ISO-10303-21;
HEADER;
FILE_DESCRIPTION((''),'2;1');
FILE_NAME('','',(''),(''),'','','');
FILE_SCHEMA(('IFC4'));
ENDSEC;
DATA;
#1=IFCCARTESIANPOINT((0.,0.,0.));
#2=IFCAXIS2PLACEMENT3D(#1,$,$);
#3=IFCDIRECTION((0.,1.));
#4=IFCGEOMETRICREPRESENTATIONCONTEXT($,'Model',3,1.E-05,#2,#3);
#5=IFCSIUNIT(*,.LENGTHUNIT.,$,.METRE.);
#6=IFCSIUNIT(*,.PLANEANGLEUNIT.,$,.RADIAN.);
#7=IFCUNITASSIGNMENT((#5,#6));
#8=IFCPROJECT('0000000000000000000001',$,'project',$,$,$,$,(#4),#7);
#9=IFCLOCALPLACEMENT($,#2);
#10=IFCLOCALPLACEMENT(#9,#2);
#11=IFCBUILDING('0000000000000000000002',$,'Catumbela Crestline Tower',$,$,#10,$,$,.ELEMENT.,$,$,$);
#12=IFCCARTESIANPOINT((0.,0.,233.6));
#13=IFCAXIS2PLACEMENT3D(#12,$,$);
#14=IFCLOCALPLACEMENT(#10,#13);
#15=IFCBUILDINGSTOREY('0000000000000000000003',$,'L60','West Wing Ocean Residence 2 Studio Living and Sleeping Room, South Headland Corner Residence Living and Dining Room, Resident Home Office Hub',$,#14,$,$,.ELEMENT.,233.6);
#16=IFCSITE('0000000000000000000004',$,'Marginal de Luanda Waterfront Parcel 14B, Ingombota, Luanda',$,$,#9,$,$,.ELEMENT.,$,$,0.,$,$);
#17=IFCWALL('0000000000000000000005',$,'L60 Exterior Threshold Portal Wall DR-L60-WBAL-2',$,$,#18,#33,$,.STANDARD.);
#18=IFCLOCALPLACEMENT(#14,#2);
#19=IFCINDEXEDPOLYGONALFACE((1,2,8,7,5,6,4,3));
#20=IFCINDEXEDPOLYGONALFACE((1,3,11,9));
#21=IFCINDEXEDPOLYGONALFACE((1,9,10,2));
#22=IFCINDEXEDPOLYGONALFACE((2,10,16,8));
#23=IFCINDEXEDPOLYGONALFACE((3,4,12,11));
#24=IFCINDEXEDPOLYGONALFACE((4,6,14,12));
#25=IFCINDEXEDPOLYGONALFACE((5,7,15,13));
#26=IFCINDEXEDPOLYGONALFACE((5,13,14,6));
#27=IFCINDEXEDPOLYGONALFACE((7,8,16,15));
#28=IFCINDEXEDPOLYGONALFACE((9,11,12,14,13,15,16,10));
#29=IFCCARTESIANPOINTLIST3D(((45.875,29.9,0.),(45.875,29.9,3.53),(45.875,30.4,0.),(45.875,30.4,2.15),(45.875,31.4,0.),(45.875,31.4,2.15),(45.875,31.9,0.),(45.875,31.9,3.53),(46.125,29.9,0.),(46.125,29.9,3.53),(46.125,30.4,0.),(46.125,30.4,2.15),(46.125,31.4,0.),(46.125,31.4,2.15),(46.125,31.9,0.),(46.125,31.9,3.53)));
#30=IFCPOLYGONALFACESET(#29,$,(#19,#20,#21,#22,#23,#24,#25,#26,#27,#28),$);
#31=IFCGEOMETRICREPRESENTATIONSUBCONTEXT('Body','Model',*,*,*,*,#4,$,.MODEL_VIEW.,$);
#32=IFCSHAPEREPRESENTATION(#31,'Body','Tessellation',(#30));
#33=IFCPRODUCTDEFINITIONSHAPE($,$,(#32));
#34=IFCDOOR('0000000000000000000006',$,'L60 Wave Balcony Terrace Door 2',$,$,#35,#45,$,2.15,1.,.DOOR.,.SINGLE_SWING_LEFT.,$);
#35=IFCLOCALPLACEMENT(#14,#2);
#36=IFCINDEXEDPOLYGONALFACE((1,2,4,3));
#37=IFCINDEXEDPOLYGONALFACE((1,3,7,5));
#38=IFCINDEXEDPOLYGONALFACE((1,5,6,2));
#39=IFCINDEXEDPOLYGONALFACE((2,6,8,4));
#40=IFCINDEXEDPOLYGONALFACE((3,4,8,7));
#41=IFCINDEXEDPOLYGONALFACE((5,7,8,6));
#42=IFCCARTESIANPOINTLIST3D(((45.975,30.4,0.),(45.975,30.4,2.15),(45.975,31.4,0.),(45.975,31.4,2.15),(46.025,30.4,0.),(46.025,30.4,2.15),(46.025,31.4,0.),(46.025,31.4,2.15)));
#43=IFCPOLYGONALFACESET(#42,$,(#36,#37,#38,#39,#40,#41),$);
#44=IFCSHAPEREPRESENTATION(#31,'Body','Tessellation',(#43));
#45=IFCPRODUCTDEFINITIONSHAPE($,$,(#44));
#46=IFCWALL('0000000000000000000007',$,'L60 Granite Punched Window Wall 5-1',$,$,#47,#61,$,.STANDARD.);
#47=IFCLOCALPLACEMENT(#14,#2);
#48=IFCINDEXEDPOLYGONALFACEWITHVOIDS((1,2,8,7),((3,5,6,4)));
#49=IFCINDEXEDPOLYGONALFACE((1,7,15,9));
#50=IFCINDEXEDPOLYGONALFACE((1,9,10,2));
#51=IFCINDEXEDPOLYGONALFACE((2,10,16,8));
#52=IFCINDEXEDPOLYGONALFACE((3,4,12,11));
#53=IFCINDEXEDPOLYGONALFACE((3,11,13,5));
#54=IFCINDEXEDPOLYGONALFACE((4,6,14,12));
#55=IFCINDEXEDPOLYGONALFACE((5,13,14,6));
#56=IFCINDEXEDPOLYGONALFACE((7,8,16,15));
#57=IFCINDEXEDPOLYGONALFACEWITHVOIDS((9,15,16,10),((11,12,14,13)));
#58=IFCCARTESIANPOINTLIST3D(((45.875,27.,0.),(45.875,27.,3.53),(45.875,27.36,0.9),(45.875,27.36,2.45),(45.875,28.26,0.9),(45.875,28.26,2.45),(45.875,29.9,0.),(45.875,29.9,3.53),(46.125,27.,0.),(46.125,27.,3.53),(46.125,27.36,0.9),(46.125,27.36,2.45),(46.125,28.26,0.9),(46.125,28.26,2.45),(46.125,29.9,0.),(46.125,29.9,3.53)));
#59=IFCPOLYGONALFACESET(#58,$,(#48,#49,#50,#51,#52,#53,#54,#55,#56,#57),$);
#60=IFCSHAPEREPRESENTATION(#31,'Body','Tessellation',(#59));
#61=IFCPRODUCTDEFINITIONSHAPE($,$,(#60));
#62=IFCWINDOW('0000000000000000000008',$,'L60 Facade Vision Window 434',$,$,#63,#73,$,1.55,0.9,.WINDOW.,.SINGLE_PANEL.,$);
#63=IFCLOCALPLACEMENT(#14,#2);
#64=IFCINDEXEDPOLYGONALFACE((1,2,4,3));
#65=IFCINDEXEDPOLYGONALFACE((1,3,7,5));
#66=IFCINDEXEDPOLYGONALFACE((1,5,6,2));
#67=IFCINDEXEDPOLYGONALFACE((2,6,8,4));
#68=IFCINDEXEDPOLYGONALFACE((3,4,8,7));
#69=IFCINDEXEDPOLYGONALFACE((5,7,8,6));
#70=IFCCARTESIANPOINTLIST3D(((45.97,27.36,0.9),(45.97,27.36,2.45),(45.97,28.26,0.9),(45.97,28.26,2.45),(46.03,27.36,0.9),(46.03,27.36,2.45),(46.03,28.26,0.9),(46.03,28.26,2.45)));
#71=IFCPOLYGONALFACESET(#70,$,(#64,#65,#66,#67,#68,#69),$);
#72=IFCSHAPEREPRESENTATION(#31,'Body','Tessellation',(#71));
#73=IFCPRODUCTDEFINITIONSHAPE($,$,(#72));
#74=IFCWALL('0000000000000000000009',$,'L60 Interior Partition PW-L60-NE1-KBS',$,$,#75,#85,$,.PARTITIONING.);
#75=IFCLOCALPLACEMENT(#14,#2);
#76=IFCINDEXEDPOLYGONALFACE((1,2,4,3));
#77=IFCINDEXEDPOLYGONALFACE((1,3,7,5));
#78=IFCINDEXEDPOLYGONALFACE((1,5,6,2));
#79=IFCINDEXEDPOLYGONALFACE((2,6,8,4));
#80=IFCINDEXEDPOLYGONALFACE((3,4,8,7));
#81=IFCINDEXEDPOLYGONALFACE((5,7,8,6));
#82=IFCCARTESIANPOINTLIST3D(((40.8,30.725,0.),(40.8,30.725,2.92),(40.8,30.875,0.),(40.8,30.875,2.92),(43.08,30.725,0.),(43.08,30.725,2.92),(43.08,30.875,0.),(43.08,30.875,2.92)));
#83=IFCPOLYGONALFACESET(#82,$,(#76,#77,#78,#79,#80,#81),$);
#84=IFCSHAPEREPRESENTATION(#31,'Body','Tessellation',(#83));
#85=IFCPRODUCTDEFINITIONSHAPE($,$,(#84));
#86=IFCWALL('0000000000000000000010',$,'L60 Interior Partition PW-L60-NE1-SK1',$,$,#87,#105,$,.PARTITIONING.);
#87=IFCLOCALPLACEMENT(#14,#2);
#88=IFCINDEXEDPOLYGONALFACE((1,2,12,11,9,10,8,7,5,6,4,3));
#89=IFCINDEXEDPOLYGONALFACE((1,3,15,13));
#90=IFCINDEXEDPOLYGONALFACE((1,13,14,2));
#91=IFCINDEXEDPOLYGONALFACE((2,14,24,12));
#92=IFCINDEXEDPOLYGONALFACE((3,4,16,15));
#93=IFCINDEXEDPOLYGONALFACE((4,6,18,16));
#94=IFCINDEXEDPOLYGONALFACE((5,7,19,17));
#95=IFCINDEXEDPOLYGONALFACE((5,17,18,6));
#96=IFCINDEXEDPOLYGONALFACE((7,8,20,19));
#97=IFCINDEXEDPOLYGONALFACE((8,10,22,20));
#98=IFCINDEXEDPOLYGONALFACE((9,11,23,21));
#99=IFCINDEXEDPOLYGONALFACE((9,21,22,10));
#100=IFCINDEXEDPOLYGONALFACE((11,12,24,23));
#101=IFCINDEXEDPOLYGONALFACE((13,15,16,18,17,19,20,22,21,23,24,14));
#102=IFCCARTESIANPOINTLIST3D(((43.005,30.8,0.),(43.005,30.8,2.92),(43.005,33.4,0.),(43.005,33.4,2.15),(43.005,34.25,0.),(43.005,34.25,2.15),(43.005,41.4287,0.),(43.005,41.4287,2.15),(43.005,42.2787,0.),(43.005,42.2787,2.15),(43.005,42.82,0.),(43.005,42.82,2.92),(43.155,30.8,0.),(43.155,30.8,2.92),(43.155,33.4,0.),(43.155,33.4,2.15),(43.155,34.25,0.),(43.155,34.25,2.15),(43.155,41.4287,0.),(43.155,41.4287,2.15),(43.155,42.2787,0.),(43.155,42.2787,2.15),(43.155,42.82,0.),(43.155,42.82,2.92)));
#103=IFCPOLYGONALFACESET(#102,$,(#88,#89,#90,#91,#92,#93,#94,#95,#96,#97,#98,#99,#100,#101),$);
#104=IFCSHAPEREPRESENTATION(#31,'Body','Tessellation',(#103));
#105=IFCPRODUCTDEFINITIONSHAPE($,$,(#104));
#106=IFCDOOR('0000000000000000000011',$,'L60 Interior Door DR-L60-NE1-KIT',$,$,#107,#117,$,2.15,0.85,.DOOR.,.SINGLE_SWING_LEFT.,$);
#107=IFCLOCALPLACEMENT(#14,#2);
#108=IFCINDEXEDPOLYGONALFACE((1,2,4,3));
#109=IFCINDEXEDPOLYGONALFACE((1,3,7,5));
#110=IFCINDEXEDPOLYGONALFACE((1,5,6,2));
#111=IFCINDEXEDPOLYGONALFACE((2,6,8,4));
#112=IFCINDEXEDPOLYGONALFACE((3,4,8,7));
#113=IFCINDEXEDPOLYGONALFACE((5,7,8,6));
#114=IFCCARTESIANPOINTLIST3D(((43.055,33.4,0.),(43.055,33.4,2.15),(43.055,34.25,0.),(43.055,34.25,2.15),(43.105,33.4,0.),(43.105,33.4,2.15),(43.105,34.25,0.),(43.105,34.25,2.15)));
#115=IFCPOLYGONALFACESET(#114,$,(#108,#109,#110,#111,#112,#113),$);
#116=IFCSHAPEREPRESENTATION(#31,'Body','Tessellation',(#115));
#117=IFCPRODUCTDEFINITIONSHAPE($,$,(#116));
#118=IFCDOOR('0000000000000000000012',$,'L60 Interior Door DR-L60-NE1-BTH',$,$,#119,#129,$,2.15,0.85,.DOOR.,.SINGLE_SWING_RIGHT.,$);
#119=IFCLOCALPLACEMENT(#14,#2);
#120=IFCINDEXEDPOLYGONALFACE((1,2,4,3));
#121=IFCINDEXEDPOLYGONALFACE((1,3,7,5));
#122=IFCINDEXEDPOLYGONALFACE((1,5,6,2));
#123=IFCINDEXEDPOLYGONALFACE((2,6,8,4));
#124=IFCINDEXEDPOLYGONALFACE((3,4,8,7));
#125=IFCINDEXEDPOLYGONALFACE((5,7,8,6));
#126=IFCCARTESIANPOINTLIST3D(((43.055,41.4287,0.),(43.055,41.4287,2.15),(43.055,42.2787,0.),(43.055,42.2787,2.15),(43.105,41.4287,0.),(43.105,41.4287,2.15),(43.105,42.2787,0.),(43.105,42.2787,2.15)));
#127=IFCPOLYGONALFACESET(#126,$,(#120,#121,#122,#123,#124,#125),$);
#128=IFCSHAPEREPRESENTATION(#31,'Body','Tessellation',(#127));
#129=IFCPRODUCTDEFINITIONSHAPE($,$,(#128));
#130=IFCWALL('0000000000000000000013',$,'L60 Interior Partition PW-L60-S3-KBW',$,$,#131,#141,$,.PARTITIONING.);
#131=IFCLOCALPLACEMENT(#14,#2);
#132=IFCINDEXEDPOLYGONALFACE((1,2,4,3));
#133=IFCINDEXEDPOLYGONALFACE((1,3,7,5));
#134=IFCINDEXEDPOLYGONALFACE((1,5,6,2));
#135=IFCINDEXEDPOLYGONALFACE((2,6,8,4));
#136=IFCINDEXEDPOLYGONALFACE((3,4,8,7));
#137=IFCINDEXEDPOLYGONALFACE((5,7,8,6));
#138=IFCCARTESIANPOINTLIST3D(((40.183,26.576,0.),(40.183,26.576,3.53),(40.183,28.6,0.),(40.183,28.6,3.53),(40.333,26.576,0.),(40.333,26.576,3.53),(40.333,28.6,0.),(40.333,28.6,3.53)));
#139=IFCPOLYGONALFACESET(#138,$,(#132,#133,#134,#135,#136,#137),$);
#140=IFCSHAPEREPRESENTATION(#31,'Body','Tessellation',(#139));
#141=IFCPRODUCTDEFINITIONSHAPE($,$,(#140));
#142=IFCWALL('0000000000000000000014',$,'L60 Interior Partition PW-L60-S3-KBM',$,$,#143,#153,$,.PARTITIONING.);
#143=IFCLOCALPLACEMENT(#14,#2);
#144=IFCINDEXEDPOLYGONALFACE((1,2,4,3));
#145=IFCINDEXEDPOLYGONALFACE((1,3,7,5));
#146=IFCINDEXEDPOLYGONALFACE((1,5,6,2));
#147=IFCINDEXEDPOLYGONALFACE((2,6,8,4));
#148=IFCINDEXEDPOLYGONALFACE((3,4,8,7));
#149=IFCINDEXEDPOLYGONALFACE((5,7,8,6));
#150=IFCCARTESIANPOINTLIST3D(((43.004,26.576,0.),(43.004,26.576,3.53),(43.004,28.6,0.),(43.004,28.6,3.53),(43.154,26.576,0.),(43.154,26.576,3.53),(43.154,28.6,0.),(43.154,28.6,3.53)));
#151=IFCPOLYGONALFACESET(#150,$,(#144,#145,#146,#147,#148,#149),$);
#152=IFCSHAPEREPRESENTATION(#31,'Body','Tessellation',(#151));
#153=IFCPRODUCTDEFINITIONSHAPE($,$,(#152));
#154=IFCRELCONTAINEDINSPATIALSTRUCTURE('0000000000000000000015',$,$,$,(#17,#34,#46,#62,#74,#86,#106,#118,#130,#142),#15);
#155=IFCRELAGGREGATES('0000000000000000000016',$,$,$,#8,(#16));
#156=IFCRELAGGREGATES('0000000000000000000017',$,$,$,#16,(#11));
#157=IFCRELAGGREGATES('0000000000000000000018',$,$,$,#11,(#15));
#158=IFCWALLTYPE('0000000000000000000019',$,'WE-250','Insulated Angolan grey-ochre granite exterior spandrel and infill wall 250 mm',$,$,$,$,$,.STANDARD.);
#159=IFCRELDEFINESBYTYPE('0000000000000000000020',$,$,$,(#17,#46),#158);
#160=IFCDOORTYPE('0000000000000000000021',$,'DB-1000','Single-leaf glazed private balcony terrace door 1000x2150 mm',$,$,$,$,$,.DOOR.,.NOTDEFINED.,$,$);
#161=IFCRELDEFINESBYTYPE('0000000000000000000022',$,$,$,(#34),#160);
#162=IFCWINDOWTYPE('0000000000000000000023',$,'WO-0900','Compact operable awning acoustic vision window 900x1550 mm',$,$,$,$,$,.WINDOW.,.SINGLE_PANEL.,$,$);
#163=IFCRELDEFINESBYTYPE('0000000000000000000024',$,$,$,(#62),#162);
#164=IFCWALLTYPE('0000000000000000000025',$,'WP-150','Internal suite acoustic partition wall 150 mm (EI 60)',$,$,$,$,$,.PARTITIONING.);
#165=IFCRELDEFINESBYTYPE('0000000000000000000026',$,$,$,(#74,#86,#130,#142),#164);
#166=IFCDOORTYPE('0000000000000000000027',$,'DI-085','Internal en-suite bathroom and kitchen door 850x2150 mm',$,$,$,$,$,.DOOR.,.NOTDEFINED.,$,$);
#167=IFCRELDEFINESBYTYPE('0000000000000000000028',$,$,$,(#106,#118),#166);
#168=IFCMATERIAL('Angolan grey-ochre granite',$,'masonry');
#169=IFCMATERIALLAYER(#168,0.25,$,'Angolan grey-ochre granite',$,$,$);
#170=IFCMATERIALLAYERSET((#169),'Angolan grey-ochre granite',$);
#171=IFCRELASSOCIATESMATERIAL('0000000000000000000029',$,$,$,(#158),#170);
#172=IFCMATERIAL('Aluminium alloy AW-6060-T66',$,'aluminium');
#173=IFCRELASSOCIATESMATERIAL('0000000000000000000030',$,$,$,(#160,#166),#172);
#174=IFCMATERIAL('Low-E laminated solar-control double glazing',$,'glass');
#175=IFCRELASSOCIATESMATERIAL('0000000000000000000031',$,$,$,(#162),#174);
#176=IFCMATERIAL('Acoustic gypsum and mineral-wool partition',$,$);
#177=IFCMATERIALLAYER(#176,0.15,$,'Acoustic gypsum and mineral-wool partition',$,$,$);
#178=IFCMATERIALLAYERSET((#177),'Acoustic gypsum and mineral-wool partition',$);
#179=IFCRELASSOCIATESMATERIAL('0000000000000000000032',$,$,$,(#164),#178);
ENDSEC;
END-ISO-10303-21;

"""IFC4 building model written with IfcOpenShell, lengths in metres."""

from ifc_helpers import new_model, si_unit, direction, frame, frame_2d, origin, place, context, subcontext, project, spatial, rectangle, extrude, material, layer, layer_set, type_object, element, fill, save


model = new_model("IFC4")

# Units and contexts
model_context = context("Model", 3, precision=1e-05, world=origin(), true_north=direction((0.0, 1.0)))
body_context = subcontext(model_context, "Body", "Model", "MODEL_VIEW")
ifc_project = project(units=[si_unit("LENGTHUNIT", "METRE"), si_unit("PLANEANGLEUNIT", "RADIAN")], contexts=[model_context])

# Site, building, storey
site_placement = place(None, origin())
site = spatial("IfcSite", under=ifc_project, at=site_placement, Name="Marginal de Luanda Waterfront Parcel 14B, Ingombota, Luanda", CompositionType="ELEMENT", RefElevation=0.0)
building_placement = place(site_placement, origin())
building = spatial("IfcBuilding", under=site, at=building_placement, Name="Catumbela Crestline Tower", CompositionType="ELEMENT")
storey_placement = place(building_placement, frame((0.0, 0.0, 233.6)))
storey = spatial("IfcBuildingStorey", under=building, at=storey_placement, Name="L60", Description="West Wing Ocean Residence 2 Studio Living and Sleeping Room, South Headland Corner Residence Living and Dining Room, Resident Home Office Hub", CompositionType="ELEMENT", Elevation=233.6)

# Shared definitions
ifc_material_1 = material(Name="Aluminium alloy AW-6060-T66", Category="aluminium")

# Wall, opening, door
ifc_material_2 = material(Name="Acoustic gypsum and mineral-wool partition")
ifc_material_3 = material(Name="Angolan grey-ochre granite", Category="masonry")
ifc_layer_1 = layer(ifc_material_3, 0.25, Name="Angolan grey-ochre granite")
ifc_layer_set_1 = layer_set([ifc_layer_1], Name="Angolan grey-ochre granite")
wall_type_1 = type_object("IfcWallType", Name="WE-250", Description="Insulated Angolan grey-ochre granite exterior spandrel and infill wall 250 mm", PredefinedType="STANDARD", material=ifc_layer_set_1)
wall_1_placement = place(storey_placement, frame((46.0, 29.9, 0.0), z_axis=(0.0, 0.0, 1.0), x_axis=(0.0, 1.0, 0.0)))
wall_1 = element("IfcWall", 1, at=wall_1_placement, inside=storey, type_object=wall_type_1, Name="L60 Exterior Threshold Portal Wall DR-L60-WBAL-2", PredefinedType="STANDARD", context=body_context, shape_type="SweptSolid", body=[
    extrude(rectangle(XDim=2.0, YDim=0.25, at=frame_2d((1.0, 0.0))), origin(), (0.0, 0.0, 1.0), 3.53),
])
opening_1_placement = place(wall_1_placement, frame((0.5, 0.0, 0.0)))
opening_1 = element("IfcOpeningElement", 2, at=opening_1_placement, cuts=wall_1, PredefinedType="OPENING", context=body_context, shape_type="SweptSolid", body=[
    extrude(rectangle(XDim=1.0, YDim=2.15, at=frame_2d((0.5, 1.075))), frame((0.0, 0.135, 0.0), z_axis=(0.0, -1.0, 0.0), x_axis=(1.0, 0.0, 0.0)), (0.0, 0.0, 1.0), 0.27),
])
door_type_1 = type_object("IfcDoorType", Name="DB-1000", Description="Single-leaf glazed private balcony terrace door 1000x2150 mm", OperationType="NOTDEFINED", PredefinedType="DOOR", material=ifc_material_1)
door_1_placement = place(opening_1_placement, origin())
door_1 = element("IfcDoor", 3, at=door_1_placement, inside=storey, type_object=door_type_1, Name="L60 Wave Balcony Terrace Door 2", OperationType="SINGLE_SWING_LEFT", OverallHeight=2.15, OverallWidth=1.0, PredefinedType="DOOR", context=body_context, shape_type="SweptSolid", body=[
    extrude(rectangle(XDim=1.0, YDim=2.15, at=frame_2d((0.5, 1.075))), frame((0.0, 0.025, 0.0), z_axis=(0.0, -1.0, 0.0), x_axis=(1.0, 0.0, 0.0)), (0.0, 0.0, 1.0), 0.05),
])
fill(opening_1, door_1)

# Wall, opening, window
wall_2_placement = place(storey_placement, frame((46.0, 27.0, 0.0), z_axis=(0.0, 0.0, 1.0), x_axis=(0.0, 1.0, 0.0)))
wall_2 = element("IfcWall", 4, at=wall_2_placement, inside=storey, type_object=wall_type_1, Name="L60 Granite Punched Window Wall 5-1", PredefinedType="STANDARD", context=body_context, shape_type="SweptSolid", body=[
    extrude(rectangle(XDim=2.9, YDim=0.25, at=frame_2d((1.45, 0.0))), origin(), (0.0, 0.0, 1.0), 3.53),
])
opening_2_placement = place(wall_2_placement, frame((0.36, 0.0, 0.9)))
opening_2 = element("IfcOpeningElement", 5, at=opening_2_placement, cuts=wall_2, PredefinedType="OPENING", context=body_context, shape_type="SweptSolid", body=[
    extrude(rectangle(XDim=0.9, YDim=1.55, at=frame_2d((0.45, 0.775))), frame((0.0, 0.135, 0.0), z_axis=(0.0, -1.0, 0.0), x_axis=(1.0, 0.0, 0.0)), (0.0, 0.0, 1.0), 0.27),
])
ifc_material_4 = material(Name="Low-E laminated solar-control double glazing", Category="glass")
window_type = type_object("IfcWindowType", Name="WO-0900", Description="Compact operable awning acoustic vision window 900x1550 mm", PartitioningType="SINGLE_PANEL", PredefinedType="WINDOW", material=ifc_material_4)
window_placement = place(opening_2_placement, origin())
window = element("IfcWindow", 6, at=window_placement, inside=storey, type_object=window_type, Name="L60 Facade Vision Window 434", OverallHeight=1.55, OverallWidth=0.9, PartitioningType="SINGLE_PANEL", PredefinedType="WINDOW", context=body_context, shape_type="SweptSolid", body=[
    extrude(rectangle(XDim=0.9, YDim=1.55, at=frame_2d((0.45, 0.775))), frame((0.0, 0.03, 0.0), z_axis=(0.0, -1.0, 0.0), x_axis=(1.0, 0.0, 0.0)), (0.0, 0.0, 1.0), 0.06),
])
fill(opening_2, window)

# Wall
ifc_layer_2 = layer(ifc_material_2, 0.15, Name="Acoustic gypsum and mineral-wool partition")
ifc_layer_set_2 = layer_set([ifc_layer_2], Name="Acoustic gypsum and mineral-wool partition")
wall_type_2 = type_object("IfcWallType", Name="WP-150", Description="Internal suite acoustic partition wall 150 mm (EI 60)", PredefinedType="PARTITIONING", material=ifc_layer_set_2)
wall_3_placement = place(storey_placement, frame((40.8, 30.8, 0.0), z_axis=(0.0, 0.0, 1.0), x_axis=(1.0, 0.0, 0.0)))
element("IfcWall", 7, at=wall_3_placement, inside=storey, type_object=wall_type_2, Name="L60 Interior Partition PW-L60-NE1-KBS", PredefinedType="PARTITIONING", context=body_context, shape_type="SweptSolid", body=[
    extrude(rectangle(XDim=2.28, YDim=0.15, at=frame_2d((1.14, 0.0))), origin(), (0.0, 0.0, 1.0), 2.92),
])

# Wall, openings, doors
wall_4_placement = place(storey_placement, frame((43.08, 30.8, 0.0), z_axis=(0.0, 0.0, 1.0), x_axis=(0.0, 1.0, 0.0)))
wall_4 = element("IfcWall", 8, at=wall_4_placement, inside=storey, type_object=wall_type_2, Name="L60 Interior Partition PW-L60-NE1-SK1", PredefinedType="PARTITIONING", context=body_context, shape_type="SweptSolid", body=[
    extrude(rectangle(XDim=12.02, YDim=0.15, at=frame_2d((6.01, 0.0))), origin(), (0.0, 0.0, 1.0), 2.92),
])
opening_3_placement = place(wall_4_placement, frame((2.6, 0.0, 0.0)))
opening_3 = element("IfcOpeningElement", 9, at=opening_3_placement, cuts=wall_4, PredefinedType="OPENING", context=body_context, shape_type="SweptSolid", body=[
    extrude(rectangle(XDim=0.85, YDim=2.15, at=frame_2d((0.425, 1.075))), frame((0.0, 0.085, 0.0), z_axis=(0.0, -1.0, 0.0), x_axis=(1.0, 0.0, 0.0)), (0.0, 0.0, 1.0), 0.17),
])
opening_4_placement = place(wall_4_placement, frame((10.6287, 0.0, 0.0)))
opening_4 = element("IfcOpeningElement", 10, at=opening_4_placement, cuts=wall_4, PredefinedType="OPENING", context=body_context, shape_type="SweptSolid", body=[
    extrude(rectangle(XDim=0.85, YDim=2.15, at=frame_2d((0.425, 1.075))), frame((0.0, 0.085, 0.0), z_axis=(0.0, -1.0, 0.0), x_axis=(1.0, 0.0, 0.0)), (0.0, 0.0, 1.0), 0.17),
])
door_type_2 = type_object("IfcDoorType", Name="DI-085", Description="Internal en-suite bathroom and kitchen door 850x2150 mm", OperationType="NOTDEFINED", PredefinedType="DOOR", material=ifc_material_1)
door_2_placement = place(opening_3_placement, origin())
door_2 = element("IfcDoor", 11, at=door_2_placement, inside=storey, type_object=door_type_2, Name="L60 Interior Door DR-L60-NE1-KIT", OperationType="SINGLE_SWING_LEFT", OverallHeight=2.15, OverallWidth=0.85, PredefinedType="DOOR", context=body_context, shape_type="SweptSolid", body=[
    extrude(rectangle(XDim=0.85, YDim=2.15, at=frame_2d((0.425, 1.075))), frame((0.0, 0.025, 0.0), z_axis=(0.0, -1.0, 0.0), x_axis=(1.0, 0.0, 0.0)), (0.0, 0.0, 1.0), 0.05),
])
fill(opening_3, door_2)
door_3_placement = place(opening_4_placement, origin())
door_3 = element("IfcDoor", 12, at=door_3_placement, inside=storey, type_object=door_type_2, Name="L60 Interior Door DR-L60-NE1-BTH", OperationType="SINGLE_SWING_RIGHT", OverallHeight=2.15, OverallWidth=0.85, PredefinedType="DOOR", context=body_context, shape_type="SweptSolid", body=[
    extrude(rectangle(XDim=0.85, YDim=2.15, at=frame_2d((0.425, 1.075))), frame((0.0, 0.025, 0.0), z_axis=(0.0, -1.0, 0.0), x_axis=(1.0, 0.0, 0.0)), (0.0, 0.0, 1.0), 0.05),
])
fill(opening_4, door_3)

# Walls
for number, where, z_axis, x_axis, name in (
    (13, (40.258, 26.576, 0.0), (0.0, 0.0, 1.0), (0.0, 1.0, 0.0), "L60 Interior Partition PW-L60-S3-KBW"),
    (14, (43.079, 26.576, 0.0), (0.0, 0.0, 1.0), (0.0, 1.0, 0.0), "L60 Interior Partition PW-L60-S3-KBM"),
):
    element("IfcWall", number, at=place(storey_placement, frame(where, z_axis=z_axis, x_axis=x_axis)), inside=storey, type_object=wall_type_2, Name=name, PredefinedType="PARTITIONING", context=body_context, shape_type="SweptSolid", body=[
        extrude(rectangle(XDim=2.024, YDim=0.15, at=frame_2d((1.012, 0.0))), origin(), (0.0, 0.0, 1.0), 3.53),
    ])

save(model, "model.ifc")
